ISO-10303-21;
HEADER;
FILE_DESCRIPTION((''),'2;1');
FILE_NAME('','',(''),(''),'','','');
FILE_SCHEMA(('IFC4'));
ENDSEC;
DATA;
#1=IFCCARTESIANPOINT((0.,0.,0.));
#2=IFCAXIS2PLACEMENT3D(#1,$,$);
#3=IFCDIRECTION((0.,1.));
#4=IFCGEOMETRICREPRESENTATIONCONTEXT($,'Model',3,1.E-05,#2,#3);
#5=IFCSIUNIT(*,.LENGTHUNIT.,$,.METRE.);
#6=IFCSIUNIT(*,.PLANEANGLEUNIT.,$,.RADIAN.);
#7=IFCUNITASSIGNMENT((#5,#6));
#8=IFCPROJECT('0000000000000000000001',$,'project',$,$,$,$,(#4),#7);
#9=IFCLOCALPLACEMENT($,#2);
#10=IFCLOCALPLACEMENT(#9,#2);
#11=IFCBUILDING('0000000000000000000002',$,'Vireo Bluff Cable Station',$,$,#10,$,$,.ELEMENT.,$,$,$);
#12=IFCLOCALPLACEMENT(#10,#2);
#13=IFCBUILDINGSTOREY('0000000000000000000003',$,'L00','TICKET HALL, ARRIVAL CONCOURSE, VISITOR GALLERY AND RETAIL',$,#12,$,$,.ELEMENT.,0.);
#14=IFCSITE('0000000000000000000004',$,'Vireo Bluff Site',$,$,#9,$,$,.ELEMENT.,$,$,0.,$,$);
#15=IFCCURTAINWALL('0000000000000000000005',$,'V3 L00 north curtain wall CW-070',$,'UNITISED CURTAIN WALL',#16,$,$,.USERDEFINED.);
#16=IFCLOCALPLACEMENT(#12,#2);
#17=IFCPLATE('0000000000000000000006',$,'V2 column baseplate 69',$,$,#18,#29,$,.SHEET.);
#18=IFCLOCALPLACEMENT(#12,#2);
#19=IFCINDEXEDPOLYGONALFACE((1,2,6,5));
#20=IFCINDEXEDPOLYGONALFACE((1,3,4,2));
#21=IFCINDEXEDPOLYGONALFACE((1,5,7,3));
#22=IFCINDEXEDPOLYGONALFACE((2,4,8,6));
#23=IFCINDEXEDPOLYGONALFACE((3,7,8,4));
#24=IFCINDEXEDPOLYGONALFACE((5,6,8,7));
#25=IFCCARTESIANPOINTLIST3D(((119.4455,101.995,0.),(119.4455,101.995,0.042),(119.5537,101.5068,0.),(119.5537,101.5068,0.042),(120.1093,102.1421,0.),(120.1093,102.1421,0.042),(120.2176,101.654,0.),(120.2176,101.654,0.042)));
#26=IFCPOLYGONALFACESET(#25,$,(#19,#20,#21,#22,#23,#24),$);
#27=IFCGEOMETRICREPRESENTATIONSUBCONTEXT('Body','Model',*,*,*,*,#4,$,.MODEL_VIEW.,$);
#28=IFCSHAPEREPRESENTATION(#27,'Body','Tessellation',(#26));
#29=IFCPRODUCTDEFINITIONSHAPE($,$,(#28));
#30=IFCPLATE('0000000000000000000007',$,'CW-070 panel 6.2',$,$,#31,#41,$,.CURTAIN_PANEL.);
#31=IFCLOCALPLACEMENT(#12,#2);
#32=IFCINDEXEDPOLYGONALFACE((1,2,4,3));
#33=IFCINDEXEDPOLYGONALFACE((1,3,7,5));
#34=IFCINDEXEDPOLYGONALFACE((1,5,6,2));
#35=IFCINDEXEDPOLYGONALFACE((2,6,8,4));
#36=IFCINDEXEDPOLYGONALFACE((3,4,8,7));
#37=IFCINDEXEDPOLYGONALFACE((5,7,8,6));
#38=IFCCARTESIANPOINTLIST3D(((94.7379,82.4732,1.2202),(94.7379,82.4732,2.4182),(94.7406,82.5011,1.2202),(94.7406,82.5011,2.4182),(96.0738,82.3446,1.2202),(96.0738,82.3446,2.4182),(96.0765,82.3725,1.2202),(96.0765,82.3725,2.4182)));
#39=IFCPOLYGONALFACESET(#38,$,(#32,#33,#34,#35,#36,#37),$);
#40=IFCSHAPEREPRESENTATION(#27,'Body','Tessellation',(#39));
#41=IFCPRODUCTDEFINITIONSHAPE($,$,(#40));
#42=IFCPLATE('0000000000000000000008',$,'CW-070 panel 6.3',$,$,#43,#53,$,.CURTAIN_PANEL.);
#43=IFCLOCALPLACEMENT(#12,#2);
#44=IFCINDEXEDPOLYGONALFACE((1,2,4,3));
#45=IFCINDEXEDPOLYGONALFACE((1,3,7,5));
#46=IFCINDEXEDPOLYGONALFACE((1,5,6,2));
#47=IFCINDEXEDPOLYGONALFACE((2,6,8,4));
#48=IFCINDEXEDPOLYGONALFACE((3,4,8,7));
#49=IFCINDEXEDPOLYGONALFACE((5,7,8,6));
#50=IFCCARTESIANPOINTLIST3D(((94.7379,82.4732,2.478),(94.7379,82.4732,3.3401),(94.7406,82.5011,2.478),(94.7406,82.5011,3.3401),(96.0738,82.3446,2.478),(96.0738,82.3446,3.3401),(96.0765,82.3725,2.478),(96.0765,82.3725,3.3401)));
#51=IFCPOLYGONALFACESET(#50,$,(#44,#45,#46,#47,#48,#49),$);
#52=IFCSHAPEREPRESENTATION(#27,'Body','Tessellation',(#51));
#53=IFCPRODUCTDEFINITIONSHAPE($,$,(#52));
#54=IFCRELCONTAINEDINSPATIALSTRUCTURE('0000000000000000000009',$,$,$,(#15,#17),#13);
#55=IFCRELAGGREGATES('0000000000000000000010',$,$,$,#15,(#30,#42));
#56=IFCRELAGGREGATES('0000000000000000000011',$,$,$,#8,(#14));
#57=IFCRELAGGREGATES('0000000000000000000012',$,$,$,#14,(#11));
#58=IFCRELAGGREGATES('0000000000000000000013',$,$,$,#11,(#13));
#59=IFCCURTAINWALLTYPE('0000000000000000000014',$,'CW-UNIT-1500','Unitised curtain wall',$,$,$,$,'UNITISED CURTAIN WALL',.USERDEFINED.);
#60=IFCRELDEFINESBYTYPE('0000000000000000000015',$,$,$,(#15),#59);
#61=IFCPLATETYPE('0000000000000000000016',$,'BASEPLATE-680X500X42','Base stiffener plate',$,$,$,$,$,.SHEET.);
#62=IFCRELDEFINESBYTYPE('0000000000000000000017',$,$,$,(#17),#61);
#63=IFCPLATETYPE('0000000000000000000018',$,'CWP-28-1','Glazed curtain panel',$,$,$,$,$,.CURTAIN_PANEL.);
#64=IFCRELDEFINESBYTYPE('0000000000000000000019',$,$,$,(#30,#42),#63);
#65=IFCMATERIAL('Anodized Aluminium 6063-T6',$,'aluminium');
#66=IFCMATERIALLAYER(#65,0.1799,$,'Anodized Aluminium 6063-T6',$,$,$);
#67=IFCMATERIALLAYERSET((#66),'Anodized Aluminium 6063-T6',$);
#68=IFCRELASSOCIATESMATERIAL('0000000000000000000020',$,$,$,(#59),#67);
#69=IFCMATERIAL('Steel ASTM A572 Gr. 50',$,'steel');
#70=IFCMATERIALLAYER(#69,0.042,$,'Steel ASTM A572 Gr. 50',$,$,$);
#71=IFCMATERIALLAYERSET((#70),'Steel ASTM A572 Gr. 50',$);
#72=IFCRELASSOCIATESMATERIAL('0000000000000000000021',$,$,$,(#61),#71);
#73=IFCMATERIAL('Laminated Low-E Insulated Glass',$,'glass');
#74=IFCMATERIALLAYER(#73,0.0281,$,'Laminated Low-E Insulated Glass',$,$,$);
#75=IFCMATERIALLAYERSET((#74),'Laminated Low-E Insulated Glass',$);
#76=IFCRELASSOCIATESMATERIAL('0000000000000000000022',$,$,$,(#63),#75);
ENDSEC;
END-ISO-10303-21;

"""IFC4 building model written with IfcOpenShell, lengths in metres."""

from ifc_helpers import new_model, si_unit, direction, frame, origin, origin_2d, place, context, subcontext, project, spatial, rectangle, extrude, material, layer, layer_set, type_object, element, aggregate, save


model = new_model("IFC4")

# Units and contexts
model_context = context("Model", 3, precision=1e-05, world=origin(), true_north=direction((0.0, 1.0)))
body_context = subcontext(model_context, "Body", "Model", "MODEL_VIEW")
ifc_project = project(units=[si_unit("LENGTHUNIT", "METRE"), si_unit("PLANEANGLEUNIT", "RADIAN")], contexts=[model_context])

# Site, building, storey
site_placement = place(None, origin())
site = spatial("IfcSite", under=ifc_project, at=site_placement, Name="Vireo Bluff Site", CompositionType="ELEMENT", RefElevation=0.0)
building_placement = place(site_placement, origin())
building = spatial("IfcBuilding", under=site, at=building_placement, Name="Vireo Bluff Cable Station", CompositionType="ELEMENT")
storey_placement = place(building_placement, origin())
storey = spatial("IfcBuildingStorey", under=building, at=storey_placement, Name="L00", Description="TICKET HALL, ARRIVAL CONCOURSE, VISITOR GALLERY AND RETAIL", CompositionType="ELEMENT", Elevation=0.0)

# Curtain wall
ifc_material_1 = material(Name="Anodized Aluminium 6063-T6", Category="aluminium")
ifc_layer_1 = layer(ifc_material_1, 0.1799, Name="Anodized Aluminium 6063-T6")
ifc_layer_set_1 = layer_set([ifc_layer_1], Name="Anodized Aluminium 6063-T6")
curtain_wall_type = type_object("IfcCurtainWallType", Name="CW-UNIT-1500", Description="Unitised curtain wall", ElementType="UNITISED CURTAIN WALL", PredefinedType="USERDEFINED", material=ifc_layer_set_1)
curtain_wall_placement = place(storey_placement, origin())
curtain_wall = element("IfcCurtainWall", 1, at=curtain_wall_placement, inside=storey, type_object=curtain_wall_type, Name="V3 L00 north curtain wall CW-070", ObjectType="UNITISED CURTAIN WALL", PredefinedType="USERDEFINED")

# Plates
ifc_material_2 = material(Name="Steel ASTM A572 Gr. 50", Category="steel")
ifc_layer_2 = layer(ifc_material_2, 0.042, Name="Steel ASTM A572 Gr. 50")
ifc_layer_set_2 = layer_set([ifc_layer_2], Name="Steel ASTM A572 Gr. 50")
plate_type_1 = type_object("IfcPlateType", Name="BASEPLATE-680X500X42", Description="Base stiffener plate", PredefinedType="SHEET", material=ifc_layer_set_2)
plate_1_placement = place(storey_placement, frame((119.8315, 101.8245, 0.0), z_axis=(0.0, 0.0, 1.0), x_axis=(0.976296, 0.21644, 0.0)))
element("IfcPlate", 2, at=plate_1_placement, inside=storey, type_object=plate_type_1, Name="V2 column baseplate 69", PredefinedType="SHEET", context=body_context, shape_type="SweptSolid", body=[
    extrude(rectangle(XDim=0.6799, YDim=0.5, at=origin_2d()), origin(), (0.0, 0.0, 1.0), 0.042),
])
ifc_material_3 = material(Name="Laminated Low-E Insulated Glass", Category="glass")
ifc_layer_3 = layer(ifc_material_3, 0.0281, Name="Laminated Low-E Insulated Glass")
ifc_layer_set_3 = layer_set([ifc_layer_3], Name="Laminated Low-E Insulated Glass")
plate_type_2 = type_object("IfcPlateType", Name="CWP-28-1", Description="Glazed curtain panel", PredefinedType="CURTAIN_PANEL", material=ifc_layer_set_3)
plate_2_placement = place(storey_placement, frame((95.4072, 82.4229, 1.2202), z_axis=(0.0, 0.0, 1.0), x_axis=(0.995396, -0.095846, 0.0)))
plate_2 = element("IfcPlate", 3, at=plate_2_placement, type_object=plate_type_2, Name="CW-070 panel 6.2", PredefinedType="CURTAIN_PANEL", context=body_context, shape_type="SweptSolid", body=[
    extrude(rectangle(XDim=1.342, YDim=0.0281, at=origin_2d()), origin(), (0.0, 0.0, 1.0), 1.198),
])
plate_3_placement = place(storey_placement, frame((95.4072, 82.4229, 2.478), z_axis=(0.0, 0.0, 1.0), x_axis=(0.995396, -0.095846, 0.0)))
plate_3 = element("IfcPlate", 4, at=plate_3_placement, type_object=plate_type_2, Name="CW-070 panel 6.3", PredefinedType="CURTAIN_PANEL", context=body_context, shape_type="SweptSolid", body=[
    extrude(rectangle(XDim=1.342, YDim=0.0281, at=origin_2d()), origin(), (0.0, 0.0, 1.0), 0.8621),
])
aggregate(curtain_wall, [plate_2, plate_3])

save(model, "model.ifc")
